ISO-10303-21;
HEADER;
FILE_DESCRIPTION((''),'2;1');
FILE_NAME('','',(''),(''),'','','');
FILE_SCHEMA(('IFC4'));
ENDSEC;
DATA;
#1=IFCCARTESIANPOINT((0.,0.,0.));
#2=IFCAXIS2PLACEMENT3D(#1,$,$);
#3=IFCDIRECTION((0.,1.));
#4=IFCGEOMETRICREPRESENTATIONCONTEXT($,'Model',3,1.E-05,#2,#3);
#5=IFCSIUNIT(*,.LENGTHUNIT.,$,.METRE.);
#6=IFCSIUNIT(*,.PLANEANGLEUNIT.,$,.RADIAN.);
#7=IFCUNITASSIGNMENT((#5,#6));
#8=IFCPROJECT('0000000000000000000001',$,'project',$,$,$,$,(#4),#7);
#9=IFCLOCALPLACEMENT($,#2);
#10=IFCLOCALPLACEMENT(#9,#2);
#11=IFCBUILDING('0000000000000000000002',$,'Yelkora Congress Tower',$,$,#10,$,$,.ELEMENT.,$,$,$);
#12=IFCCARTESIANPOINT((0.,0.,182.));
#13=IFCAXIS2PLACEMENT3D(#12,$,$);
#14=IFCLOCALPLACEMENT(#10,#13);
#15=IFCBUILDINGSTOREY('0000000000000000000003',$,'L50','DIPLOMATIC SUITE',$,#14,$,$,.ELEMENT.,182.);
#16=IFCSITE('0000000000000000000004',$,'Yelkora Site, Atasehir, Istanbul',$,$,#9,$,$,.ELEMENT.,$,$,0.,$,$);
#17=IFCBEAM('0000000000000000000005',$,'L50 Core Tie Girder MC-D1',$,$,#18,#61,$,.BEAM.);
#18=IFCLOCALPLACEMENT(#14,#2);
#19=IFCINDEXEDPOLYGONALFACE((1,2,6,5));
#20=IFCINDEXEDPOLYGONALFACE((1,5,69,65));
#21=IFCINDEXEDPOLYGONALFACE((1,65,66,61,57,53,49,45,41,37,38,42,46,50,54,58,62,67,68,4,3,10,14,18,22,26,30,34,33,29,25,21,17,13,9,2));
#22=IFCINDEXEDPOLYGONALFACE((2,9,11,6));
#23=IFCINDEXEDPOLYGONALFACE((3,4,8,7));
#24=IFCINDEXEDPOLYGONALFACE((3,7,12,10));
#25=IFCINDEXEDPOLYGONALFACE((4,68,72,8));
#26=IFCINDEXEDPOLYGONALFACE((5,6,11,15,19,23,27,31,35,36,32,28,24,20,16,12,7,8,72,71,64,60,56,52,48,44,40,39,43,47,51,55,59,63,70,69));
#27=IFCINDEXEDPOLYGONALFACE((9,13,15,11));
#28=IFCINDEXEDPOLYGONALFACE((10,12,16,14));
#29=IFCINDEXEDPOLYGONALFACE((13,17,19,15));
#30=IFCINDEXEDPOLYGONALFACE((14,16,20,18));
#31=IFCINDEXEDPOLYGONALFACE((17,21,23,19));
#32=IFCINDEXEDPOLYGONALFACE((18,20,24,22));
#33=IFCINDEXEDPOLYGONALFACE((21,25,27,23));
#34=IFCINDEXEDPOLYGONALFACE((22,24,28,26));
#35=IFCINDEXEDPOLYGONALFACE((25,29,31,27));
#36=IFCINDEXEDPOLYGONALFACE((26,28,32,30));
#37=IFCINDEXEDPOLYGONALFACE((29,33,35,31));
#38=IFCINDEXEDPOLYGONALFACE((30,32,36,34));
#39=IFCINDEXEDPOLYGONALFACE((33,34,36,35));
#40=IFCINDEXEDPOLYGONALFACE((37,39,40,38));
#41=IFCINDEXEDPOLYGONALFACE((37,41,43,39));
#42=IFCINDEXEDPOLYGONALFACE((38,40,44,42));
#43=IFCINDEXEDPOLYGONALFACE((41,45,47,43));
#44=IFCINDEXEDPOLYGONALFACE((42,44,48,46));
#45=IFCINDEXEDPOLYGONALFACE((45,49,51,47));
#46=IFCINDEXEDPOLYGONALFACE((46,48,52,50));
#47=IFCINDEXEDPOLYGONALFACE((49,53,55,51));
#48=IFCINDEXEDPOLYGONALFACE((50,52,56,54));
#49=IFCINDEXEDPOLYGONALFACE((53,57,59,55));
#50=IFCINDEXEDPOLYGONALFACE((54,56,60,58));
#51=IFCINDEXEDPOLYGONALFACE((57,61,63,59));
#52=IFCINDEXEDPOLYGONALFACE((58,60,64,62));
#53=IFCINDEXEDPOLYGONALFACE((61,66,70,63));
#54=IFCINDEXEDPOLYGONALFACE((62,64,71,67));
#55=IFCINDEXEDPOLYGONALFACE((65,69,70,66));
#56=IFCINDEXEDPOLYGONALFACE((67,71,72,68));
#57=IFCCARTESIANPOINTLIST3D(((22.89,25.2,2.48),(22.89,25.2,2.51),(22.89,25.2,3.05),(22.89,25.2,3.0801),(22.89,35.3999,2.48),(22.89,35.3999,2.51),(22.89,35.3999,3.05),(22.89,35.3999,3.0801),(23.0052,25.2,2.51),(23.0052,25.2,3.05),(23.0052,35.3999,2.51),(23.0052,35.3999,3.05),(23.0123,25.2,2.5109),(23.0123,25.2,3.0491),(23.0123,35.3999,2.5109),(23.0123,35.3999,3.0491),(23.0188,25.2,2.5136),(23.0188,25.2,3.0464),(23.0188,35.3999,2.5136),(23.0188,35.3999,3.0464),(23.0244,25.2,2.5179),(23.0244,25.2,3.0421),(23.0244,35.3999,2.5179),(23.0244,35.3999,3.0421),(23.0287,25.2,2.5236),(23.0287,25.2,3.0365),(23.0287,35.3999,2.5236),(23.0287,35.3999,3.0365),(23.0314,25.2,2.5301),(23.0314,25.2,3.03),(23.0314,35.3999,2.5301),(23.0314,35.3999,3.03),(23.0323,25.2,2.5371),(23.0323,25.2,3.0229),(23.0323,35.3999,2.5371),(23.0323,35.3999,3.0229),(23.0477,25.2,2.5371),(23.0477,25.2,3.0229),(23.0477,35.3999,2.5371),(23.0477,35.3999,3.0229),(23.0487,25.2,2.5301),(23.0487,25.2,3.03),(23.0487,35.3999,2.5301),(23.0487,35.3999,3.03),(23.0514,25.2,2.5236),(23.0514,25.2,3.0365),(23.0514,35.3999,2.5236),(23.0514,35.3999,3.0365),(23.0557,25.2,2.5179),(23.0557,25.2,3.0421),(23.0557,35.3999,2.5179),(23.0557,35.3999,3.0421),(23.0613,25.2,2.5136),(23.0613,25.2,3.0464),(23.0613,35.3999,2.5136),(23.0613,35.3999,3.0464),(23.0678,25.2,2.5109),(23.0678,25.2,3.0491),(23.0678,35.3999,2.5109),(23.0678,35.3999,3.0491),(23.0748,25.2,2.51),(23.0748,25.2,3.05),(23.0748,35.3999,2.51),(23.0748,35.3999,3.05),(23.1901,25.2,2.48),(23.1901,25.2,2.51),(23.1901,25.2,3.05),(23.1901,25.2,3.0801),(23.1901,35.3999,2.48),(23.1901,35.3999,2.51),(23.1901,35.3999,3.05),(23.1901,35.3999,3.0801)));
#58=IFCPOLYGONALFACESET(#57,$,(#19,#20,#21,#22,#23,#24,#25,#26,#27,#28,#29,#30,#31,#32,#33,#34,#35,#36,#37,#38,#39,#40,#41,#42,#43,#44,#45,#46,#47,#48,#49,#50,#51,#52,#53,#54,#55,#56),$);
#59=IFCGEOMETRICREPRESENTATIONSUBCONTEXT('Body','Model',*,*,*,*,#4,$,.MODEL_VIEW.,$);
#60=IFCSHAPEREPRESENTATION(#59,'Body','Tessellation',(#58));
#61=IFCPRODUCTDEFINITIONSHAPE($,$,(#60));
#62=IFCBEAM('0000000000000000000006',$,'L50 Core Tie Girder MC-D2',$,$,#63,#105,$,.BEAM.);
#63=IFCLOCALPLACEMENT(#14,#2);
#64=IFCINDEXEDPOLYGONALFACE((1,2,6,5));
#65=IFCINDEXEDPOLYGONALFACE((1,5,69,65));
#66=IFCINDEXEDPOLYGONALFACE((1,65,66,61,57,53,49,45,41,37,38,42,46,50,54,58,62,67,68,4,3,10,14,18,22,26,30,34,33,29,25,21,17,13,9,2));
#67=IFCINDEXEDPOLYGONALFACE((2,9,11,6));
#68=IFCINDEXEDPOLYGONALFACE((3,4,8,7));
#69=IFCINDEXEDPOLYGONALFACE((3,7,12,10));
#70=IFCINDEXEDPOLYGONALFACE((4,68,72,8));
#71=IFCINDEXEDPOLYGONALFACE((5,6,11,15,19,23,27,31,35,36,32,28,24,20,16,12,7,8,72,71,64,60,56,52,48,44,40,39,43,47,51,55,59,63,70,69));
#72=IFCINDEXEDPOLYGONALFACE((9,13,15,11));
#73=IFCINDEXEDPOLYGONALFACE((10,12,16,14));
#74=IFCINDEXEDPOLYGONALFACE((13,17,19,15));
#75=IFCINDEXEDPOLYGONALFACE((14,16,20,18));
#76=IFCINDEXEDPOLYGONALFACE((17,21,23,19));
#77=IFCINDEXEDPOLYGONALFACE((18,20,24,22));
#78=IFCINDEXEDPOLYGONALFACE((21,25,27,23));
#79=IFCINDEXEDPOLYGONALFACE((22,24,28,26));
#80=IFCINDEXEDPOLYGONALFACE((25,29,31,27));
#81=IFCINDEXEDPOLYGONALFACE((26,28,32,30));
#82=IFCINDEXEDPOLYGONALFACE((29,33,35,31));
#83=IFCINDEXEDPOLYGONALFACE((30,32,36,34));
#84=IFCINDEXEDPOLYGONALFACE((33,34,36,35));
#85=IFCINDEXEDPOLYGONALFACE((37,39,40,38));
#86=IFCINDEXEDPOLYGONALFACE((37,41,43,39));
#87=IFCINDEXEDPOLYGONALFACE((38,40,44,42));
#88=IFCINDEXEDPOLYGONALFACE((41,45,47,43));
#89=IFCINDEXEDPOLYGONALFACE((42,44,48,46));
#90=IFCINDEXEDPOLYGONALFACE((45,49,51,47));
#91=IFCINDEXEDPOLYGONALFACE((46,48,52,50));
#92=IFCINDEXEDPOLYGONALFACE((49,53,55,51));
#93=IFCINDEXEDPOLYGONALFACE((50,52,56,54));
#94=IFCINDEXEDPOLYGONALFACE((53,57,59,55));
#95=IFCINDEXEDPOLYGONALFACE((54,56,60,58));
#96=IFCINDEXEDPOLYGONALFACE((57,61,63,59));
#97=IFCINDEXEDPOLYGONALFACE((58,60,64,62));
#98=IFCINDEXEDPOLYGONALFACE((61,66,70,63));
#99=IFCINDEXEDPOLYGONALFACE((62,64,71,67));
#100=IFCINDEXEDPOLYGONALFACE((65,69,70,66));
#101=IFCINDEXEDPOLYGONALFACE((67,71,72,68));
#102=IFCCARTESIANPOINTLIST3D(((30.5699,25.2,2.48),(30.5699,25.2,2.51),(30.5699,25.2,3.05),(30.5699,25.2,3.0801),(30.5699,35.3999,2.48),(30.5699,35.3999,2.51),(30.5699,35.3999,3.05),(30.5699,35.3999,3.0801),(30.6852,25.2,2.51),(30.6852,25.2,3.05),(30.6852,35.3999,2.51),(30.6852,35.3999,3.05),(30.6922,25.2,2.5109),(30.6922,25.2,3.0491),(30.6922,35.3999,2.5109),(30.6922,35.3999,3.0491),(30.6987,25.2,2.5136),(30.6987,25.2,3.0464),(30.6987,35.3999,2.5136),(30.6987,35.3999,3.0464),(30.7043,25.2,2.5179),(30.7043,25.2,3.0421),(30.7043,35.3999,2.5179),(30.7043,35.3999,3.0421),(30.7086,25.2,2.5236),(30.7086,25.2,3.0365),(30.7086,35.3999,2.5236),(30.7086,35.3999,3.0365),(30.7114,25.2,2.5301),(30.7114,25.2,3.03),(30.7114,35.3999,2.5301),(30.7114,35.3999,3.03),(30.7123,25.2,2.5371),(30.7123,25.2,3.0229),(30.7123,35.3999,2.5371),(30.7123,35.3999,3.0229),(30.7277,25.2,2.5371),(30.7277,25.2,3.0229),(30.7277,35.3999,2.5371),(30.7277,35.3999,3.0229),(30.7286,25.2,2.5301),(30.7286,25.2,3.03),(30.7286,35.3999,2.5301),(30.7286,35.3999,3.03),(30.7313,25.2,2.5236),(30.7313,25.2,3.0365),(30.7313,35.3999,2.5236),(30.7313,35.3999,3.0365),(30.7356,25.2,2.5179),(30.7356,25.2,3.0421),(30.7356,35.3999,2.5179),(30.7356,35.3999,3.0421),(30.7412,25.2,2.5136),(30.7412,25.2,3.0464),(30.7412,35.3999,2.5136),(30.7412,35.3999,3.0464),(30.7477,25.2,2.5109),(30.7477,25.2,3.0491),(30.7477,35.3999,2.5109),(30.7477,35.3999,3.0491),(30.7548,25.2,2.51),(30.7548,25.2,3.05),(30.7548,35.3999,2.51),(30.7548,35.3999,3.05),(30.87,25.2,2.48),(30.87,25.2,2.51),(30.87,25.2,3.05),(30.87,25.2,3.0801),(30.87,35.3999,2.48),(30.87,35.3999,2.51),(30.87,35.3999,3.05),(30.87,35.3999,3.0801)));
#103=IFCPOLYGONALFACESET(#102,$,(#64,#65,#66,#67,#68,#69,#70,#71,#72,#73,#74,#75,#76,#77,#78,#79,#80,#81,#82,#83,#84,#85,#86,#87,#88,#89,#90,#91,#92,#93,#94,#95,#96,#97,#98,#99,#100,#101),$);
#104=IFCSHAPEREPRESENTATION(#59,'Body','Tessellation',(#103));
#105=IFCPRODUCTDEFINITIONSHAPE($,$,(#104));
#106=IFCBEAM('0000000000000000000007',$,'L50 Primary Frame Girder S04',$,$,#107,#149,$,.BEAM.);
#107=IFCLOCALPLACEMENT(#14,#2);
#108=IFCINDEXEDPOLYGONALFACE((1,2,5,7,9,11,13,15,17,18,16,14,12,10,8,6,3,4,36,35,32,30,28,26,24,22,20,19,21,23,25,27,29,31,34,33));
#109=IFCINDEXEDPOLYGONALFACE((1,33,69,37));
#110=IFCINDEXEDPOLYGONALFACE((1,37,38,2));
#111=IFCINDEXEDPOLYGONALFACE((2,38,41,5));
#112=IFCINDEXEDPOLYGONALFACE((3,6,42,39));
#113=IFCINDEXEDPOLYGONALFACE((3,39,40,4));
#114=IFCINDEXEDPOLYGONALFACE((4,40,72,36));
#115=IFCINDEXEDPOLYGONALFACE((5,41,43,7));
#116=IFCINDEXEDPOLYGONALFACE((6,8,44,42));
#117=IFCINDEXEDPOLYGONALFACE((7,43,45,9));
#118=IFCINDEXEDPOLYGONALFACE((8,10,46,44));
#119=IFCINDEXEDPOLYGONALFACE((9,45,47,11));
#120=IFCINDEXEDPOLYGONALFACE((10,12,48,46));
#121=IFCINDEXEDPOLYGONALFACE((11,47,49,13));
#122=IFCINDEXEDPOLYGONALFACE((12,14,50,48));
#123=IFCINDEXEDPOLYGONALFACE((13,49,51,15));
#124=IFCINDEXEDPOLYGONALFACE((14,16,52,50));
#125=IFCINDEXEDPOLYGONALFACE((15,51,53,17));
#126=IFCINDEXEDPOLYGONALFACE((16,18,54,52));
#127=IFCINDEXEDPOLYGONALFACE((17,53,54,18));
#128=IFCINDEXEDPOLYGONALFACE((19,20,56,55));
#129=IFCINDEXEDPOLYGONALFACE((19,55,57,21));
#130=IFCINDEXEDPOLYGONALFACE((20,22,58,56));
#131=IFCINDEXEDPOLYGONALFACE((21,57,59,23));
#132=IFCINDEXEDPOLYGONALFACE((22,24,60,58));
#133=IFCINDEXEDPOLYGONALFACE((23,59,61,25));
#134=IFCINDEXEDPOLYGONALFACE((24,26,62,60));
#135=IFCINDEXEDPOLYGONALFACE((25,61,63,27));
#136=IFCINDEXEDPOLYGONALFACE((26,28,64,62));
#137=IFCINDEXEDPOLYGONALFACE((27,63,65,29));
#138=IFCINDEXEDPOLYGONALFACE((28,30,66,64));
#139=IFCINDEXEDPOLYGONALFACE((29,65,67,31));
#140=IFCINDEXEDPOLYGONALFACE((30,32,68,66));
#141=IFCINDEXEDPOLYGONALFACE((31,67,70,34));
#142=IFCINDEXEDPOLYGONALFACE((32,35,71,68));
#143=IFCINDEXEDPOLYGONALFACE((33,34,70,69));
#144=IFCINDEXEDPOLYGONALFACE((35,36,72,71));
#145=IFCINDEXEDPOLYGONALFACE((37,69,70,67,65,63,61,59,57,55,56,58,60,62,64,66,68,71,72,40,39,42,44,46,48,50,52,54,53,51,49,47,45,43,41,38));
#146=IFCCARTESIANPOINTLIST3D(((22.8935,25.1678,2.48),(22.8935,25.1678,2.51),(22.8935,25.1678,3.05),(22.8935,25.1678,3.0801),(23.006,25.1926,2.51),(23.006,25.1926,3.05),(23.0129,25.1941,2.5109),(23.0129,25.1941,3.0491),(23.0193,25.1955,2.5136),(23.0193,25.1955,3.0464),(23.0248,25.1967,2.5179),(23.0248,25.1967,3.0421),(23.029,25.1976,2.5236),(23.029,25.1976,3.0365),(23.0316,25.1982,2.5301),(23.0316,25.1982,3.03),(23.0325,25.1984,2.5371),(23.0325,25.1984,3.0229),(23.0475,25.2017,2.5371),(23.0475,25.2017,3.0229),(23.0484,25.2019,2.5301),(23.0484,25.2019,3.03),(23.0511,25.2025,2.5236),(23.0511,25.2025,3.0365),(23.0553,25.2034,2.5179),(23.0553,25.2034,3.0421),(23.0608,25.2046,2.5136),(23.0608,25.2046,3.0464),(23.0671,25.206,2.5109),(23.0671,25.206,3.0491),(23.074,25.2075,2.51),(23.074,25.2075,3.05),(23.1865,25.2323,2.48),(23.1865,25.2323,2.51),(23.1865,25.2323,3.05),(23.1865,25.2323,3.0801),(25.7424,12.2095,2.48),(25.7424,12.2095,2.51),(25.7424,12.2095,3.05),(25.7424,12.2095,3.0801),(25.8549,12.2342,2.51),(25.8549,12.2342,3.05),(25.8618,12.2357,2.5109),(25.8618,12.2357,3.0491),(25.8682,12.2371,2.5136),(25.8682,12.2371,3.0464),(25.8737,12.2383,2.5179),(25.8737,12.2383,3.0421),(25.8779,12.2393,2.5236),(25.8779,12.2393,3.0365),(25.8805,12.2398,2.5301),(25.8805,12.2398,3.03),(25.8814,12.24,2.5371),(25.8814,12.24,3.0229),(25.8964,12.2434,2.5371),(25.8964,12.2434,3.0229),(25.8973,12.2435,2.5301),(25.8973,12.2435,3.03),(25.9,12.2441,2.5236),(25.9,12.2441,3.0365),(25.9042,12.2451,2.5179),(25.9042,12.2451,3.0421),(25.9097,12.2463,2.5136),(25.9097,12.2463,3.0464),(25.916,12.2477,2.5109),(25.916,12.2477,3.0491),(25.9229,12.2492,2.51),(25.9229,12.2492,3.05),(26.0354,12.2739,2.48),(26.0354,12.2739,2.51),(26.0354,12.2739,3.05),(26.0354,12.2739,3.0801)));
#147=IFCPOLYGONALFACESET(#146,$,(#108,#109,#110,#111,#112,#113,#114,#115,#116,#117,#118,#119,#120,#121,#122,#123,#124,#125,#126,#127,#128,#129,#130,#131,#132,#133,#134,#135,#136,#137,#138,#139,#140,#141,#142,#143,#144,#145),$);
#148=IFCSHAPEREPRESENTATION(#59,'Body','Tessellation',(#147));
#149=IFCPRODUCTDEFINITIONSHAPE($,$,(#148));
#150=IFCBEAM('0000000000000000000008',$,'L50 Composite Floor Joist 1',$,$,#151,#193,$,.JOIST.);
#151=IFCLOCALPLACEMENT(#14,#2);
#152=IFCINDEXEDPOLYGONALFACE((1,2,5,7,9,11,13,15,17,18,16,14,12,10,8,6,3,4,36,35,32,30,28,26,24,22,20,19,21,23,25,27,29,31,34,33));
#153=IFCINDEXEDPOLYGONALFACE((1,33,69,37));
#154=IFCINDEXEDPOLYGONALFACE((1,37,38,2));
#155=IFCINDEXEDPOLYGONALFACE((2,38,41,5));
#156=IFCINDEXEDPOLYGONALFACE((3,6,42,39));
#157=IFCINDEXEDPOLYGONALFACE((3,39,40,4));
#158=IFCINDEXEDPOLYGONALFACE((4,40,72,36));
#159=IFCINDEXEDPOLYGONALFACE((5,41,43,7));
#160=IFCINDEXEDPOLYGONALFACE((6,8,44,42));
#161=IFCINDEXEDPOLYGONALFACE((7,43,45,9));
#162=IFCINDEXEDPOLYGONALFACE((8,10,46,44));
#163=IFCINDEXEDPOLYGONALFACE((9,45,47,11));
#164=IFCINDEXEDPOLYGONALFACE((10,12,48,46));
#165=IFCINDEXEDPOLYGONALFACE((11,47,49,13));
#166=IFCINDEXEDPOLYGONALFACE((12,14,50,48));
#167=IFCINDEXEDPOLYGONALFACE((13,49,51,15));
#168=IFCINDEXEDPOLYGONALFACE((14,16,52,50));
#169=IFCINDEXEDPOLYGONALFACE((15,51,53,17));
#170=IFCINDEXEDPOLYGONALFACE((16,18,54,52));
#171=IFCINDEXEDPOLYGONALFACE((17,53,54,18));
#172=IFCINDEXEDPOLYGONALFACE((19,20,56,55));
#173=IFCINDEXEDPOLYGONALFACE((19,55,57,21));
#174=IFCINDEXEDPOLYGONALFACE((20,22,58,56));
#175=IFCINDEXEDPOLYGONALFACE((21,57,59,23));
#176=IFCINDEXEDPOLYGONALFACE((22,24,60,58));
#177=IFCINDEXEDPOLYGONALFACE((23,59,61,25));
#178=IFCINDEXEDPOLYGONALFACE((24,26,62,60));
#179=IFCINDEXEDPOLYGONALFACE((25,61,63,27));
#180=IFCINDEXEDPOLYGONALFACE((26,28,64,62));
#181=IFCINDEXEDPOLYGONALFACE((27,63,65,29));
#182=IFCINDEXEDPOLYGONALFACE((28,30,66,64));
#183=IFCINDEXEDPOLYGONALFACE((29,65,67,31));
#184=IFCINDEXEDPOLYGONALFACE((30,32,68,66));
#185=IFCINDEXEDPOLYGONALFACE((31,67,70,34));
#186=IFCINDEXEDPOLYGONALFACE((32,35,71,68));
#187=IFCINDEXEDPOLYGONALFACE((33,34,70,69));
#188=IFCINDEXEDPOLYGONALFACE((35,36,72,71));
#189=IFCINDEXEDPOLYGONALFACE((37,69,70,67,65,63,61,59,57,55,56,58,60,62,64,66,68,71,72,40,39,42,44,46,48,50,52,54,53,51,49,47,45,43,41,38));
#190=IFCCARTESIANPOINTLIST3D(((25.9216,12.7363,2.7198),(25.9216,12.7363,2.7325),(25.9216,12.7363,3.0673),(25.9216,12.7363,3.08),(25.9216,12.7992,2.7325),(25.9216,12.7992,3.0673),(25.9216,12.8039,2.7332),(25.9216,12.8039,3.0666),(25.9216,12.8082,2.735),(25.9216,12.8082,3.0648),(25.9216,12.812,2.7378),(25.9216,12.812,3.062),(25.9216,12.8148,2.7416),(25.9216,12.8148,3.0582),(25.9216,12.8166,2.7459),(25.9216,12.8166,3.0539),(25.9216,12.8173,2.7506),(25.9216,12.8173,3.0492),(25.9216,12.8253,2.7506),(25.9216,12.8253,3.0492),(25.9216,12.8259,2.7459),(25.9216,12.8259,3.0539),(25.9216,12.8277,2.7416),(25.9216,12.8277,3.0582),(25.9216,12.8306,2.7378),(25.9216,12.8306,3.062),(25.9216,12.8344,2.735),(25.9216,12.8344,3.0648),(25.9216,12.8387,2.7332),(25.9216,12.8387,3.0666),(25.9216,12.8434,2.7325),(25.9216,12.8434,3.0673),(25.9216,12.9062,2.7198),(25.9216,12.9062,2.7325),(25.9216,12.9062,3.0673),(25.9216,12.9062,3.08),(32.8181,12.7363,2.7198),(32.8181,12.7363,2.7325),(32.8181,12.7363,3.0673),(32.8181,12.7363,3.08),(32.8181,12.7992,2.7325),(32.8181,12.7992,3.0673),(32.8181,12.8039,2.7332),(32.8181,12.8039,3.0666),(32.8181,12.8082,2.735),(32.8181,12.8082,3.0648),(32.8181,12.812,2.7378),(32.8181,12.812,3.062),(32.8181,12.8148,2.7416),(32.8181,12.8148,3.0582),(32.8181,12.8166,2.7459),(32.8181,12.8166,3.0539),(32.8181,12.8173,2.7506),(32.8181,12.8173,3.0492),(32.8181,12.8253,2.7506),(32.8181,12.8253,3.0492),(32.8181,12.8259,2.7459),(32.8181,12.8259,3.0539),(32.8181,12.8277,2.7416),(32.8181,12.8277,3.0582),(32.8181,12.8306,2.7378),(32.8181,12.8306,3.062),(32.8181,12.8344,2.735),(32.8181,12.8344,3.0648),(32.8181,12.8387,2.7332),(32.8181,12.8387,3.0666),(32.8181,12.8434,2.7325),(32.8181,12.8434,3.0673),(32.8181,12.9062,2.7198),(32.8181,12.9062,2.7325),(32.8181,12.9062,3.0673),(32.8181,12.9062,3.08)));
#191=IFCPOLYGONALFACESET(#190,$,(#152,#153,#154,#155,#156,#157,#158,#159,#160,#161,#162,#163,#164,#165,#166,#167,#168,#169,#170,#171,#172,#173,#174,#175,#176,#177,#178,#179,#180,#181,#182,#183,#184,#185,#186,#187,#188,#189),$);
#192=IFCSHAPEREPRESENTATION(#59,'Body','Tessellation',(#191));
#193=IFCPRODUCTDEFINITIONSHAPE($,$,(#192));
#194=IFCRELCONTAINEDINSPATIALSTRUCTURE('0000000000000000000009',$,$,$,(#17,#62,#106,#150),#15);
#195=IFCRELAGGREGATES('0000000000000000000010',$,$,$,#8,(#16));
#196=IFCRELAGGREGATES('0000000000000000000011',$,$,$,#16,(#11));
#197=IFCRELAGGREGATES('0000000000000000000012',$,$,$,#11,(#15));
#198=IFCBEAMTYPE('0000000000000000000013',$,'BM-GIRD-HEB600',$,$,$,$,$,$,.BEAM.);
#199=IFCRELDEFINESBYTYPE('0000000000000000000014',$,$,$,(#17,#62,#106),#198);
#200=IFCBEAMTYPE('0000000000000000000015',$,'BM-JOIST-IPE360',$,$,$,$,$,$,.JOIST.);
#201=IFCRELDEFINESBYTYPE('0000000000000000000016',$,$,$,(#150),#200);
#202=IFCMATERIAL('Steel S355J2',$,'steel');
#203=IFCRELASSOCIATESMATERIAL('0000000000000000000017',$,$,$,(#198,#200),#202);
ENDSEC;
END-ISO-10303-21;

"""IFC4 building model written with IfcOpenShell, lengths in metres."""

from ifc_helpers import new_model, si_unit, direction, frame, origin, origin_2d, place, context, subcontext, project, spatial, i_section, extrude, material, material_profile, profile_set, type_object, element, save


model = new_model("IFC4")

# Units and contexts
model_context = context("Model", 3, precision=1e-05, world=origin(), true_north=direction((0.0, 1.0)))
body_context = subcontext(model_context, "Body", "Model", "MODEL_VIEW")
ifc_project = project(units=[si_unit("LENGTHUNIT", "METRE"), si_unit("PLANEANGLEUNIT", "RADIAN")], contexts=[model_context])

# Site, building, storey
site_placement = place(None, origin())
site = spatial("IfcSite", under=ifc_project, at=site_placement, Name="Yelkora Site, Atasehir, Istanbul", CompositionType="ELEMENT", RefElevation=0.0)
building_placement = place(site_placement, origin())
building = spatial("IfcBuilding", under=site, at=building_placement, Name="Yelkora Congress Tower", CompositionType="ELEMENT")
storey_placement = place(building_placement, frame((0.0, 0.0, 182.0)))
storey = spatial("IfcBuildingStorey", under=building, at=storey_placement, Name="L50", Description="DIPLOMATIC SUITE", CompositionType="ELEMENT", Elevation=182.0)

# Beams
ifc_material_1 = material(Name="Steel S355J2", Category="steel")
ifc_material_profile_1 = material_profile(ifc_material_1, i_section(OverallWidth=0.3, OverallDepth=0.6001, WebThickness=0.0154, FlangeThickness=0.03, FilletRadius=0.0271, at=origin_2d()), Name="HEB 600")
ifc_profile_set_1 = profile_set([ifc_material_profile_1], Name="Steel S355J2")
beam_type_1 = type_object("IfcBeamType", Name="BM-GIRD-HEB600", PredefinedType="BEAM", material=ifc_profile_set_1)
for number, where, z_axis, x_axis, name in (
    (1, (23.04, 25.2, 2.78), (0.0, 1.0, 0.0), (-1.0, 0.0, 0.0), "L50 Core Tie Girder MC-D1"),
    (2, (30.72, 25.2, 2.78), (0.0, 1.0, 0.0), (-1.0, 0.0, 0.0), "L50 Core Tie Girder MC-D2"),
):
    element("IfcBeam", number, at=place(storey_placement, frame(where, z_axis=z_axis, x_axis=x_axis)), inside=storey, type_object=beam_type_1, Name=name, PredefinedType="BEAM", context=body_context, shape_type="SweptSolid", body=[
        extrude(i_section(OverallWidth=0.3, OverallDepth=0.6001, WebThickness=0.0154, FlangeThickness=0.03, FilletRadius=0.0271, at=origin_2d()), origin(), (0.0, 0.0, 1.0), 10.2),
    ])
beam_1_placement = place(storey_placement, frame((25.8889, 12.2417, 2.78), z_axis=(-0.214722, 0.976675, 0.0), x_axis=(-0.976675, -0.214722, 0.0)))
element("IfcBeam", 3, at=beam_1_placement, inside=storey, type_object=beam_type_1, Name="L50 Primary Frame Girder S04", PredefinedType="BEAM", context=body_context, shape_type="SweptSolid", body=[
    extrude(i_section(OverallWidth=0.3, OverallDepth=0.6001, WebThickness=0.0154, FlangeThickness=0.03, FilletRadius=0.0271, at=origin_2d()), origin(), (0.0, 0.0, 1.0), 13.2678),
])
ifc_material_profile_2 = material_profile(ifc_material_1, i_section(OverallWidth=0.1699, OverallDepth=0.3601, WebThickness=0.0081, FlangeThickness=0.0127, FilletRadius=0.0181, at=origin_2d()), Name="IPE 360")
ifc_profile_set_2 = profile_set([ifc_material_profile_2], Name="Steel S355J2")
beam_type_2 = type_object("IfcBeamType", Name="BM-JOIST-IPE360", PredefinedType="JOIST", material=ifc_profile_set_2)
beam_2_placement = place(storey_placement, frame((25.9216, 12.8213, 2.8999), z_axis=(1.0, 0.0, 0.0), x_axis=(0.0, 1.0, 0.0)))
element("IfcBeam", 4, at=beam_2_placement, inside=storey, type_object=beam_type_2, Name="L50 Composite Floor Joist 1", PredefinedType="JOIST", context=body_context, shape_type="SweptSolid", body=[
    extrude(i_section(OverallWidth=0.1699, OverallDepth=0.3601, WebThickness=0.0081, FlangeThickness=0.0127, FilletRadius=0.0181, at=origin_2d()), origin(), (0.0, 0.0, 1.0), 6.8965),
])

save(model, "model.ifc")
